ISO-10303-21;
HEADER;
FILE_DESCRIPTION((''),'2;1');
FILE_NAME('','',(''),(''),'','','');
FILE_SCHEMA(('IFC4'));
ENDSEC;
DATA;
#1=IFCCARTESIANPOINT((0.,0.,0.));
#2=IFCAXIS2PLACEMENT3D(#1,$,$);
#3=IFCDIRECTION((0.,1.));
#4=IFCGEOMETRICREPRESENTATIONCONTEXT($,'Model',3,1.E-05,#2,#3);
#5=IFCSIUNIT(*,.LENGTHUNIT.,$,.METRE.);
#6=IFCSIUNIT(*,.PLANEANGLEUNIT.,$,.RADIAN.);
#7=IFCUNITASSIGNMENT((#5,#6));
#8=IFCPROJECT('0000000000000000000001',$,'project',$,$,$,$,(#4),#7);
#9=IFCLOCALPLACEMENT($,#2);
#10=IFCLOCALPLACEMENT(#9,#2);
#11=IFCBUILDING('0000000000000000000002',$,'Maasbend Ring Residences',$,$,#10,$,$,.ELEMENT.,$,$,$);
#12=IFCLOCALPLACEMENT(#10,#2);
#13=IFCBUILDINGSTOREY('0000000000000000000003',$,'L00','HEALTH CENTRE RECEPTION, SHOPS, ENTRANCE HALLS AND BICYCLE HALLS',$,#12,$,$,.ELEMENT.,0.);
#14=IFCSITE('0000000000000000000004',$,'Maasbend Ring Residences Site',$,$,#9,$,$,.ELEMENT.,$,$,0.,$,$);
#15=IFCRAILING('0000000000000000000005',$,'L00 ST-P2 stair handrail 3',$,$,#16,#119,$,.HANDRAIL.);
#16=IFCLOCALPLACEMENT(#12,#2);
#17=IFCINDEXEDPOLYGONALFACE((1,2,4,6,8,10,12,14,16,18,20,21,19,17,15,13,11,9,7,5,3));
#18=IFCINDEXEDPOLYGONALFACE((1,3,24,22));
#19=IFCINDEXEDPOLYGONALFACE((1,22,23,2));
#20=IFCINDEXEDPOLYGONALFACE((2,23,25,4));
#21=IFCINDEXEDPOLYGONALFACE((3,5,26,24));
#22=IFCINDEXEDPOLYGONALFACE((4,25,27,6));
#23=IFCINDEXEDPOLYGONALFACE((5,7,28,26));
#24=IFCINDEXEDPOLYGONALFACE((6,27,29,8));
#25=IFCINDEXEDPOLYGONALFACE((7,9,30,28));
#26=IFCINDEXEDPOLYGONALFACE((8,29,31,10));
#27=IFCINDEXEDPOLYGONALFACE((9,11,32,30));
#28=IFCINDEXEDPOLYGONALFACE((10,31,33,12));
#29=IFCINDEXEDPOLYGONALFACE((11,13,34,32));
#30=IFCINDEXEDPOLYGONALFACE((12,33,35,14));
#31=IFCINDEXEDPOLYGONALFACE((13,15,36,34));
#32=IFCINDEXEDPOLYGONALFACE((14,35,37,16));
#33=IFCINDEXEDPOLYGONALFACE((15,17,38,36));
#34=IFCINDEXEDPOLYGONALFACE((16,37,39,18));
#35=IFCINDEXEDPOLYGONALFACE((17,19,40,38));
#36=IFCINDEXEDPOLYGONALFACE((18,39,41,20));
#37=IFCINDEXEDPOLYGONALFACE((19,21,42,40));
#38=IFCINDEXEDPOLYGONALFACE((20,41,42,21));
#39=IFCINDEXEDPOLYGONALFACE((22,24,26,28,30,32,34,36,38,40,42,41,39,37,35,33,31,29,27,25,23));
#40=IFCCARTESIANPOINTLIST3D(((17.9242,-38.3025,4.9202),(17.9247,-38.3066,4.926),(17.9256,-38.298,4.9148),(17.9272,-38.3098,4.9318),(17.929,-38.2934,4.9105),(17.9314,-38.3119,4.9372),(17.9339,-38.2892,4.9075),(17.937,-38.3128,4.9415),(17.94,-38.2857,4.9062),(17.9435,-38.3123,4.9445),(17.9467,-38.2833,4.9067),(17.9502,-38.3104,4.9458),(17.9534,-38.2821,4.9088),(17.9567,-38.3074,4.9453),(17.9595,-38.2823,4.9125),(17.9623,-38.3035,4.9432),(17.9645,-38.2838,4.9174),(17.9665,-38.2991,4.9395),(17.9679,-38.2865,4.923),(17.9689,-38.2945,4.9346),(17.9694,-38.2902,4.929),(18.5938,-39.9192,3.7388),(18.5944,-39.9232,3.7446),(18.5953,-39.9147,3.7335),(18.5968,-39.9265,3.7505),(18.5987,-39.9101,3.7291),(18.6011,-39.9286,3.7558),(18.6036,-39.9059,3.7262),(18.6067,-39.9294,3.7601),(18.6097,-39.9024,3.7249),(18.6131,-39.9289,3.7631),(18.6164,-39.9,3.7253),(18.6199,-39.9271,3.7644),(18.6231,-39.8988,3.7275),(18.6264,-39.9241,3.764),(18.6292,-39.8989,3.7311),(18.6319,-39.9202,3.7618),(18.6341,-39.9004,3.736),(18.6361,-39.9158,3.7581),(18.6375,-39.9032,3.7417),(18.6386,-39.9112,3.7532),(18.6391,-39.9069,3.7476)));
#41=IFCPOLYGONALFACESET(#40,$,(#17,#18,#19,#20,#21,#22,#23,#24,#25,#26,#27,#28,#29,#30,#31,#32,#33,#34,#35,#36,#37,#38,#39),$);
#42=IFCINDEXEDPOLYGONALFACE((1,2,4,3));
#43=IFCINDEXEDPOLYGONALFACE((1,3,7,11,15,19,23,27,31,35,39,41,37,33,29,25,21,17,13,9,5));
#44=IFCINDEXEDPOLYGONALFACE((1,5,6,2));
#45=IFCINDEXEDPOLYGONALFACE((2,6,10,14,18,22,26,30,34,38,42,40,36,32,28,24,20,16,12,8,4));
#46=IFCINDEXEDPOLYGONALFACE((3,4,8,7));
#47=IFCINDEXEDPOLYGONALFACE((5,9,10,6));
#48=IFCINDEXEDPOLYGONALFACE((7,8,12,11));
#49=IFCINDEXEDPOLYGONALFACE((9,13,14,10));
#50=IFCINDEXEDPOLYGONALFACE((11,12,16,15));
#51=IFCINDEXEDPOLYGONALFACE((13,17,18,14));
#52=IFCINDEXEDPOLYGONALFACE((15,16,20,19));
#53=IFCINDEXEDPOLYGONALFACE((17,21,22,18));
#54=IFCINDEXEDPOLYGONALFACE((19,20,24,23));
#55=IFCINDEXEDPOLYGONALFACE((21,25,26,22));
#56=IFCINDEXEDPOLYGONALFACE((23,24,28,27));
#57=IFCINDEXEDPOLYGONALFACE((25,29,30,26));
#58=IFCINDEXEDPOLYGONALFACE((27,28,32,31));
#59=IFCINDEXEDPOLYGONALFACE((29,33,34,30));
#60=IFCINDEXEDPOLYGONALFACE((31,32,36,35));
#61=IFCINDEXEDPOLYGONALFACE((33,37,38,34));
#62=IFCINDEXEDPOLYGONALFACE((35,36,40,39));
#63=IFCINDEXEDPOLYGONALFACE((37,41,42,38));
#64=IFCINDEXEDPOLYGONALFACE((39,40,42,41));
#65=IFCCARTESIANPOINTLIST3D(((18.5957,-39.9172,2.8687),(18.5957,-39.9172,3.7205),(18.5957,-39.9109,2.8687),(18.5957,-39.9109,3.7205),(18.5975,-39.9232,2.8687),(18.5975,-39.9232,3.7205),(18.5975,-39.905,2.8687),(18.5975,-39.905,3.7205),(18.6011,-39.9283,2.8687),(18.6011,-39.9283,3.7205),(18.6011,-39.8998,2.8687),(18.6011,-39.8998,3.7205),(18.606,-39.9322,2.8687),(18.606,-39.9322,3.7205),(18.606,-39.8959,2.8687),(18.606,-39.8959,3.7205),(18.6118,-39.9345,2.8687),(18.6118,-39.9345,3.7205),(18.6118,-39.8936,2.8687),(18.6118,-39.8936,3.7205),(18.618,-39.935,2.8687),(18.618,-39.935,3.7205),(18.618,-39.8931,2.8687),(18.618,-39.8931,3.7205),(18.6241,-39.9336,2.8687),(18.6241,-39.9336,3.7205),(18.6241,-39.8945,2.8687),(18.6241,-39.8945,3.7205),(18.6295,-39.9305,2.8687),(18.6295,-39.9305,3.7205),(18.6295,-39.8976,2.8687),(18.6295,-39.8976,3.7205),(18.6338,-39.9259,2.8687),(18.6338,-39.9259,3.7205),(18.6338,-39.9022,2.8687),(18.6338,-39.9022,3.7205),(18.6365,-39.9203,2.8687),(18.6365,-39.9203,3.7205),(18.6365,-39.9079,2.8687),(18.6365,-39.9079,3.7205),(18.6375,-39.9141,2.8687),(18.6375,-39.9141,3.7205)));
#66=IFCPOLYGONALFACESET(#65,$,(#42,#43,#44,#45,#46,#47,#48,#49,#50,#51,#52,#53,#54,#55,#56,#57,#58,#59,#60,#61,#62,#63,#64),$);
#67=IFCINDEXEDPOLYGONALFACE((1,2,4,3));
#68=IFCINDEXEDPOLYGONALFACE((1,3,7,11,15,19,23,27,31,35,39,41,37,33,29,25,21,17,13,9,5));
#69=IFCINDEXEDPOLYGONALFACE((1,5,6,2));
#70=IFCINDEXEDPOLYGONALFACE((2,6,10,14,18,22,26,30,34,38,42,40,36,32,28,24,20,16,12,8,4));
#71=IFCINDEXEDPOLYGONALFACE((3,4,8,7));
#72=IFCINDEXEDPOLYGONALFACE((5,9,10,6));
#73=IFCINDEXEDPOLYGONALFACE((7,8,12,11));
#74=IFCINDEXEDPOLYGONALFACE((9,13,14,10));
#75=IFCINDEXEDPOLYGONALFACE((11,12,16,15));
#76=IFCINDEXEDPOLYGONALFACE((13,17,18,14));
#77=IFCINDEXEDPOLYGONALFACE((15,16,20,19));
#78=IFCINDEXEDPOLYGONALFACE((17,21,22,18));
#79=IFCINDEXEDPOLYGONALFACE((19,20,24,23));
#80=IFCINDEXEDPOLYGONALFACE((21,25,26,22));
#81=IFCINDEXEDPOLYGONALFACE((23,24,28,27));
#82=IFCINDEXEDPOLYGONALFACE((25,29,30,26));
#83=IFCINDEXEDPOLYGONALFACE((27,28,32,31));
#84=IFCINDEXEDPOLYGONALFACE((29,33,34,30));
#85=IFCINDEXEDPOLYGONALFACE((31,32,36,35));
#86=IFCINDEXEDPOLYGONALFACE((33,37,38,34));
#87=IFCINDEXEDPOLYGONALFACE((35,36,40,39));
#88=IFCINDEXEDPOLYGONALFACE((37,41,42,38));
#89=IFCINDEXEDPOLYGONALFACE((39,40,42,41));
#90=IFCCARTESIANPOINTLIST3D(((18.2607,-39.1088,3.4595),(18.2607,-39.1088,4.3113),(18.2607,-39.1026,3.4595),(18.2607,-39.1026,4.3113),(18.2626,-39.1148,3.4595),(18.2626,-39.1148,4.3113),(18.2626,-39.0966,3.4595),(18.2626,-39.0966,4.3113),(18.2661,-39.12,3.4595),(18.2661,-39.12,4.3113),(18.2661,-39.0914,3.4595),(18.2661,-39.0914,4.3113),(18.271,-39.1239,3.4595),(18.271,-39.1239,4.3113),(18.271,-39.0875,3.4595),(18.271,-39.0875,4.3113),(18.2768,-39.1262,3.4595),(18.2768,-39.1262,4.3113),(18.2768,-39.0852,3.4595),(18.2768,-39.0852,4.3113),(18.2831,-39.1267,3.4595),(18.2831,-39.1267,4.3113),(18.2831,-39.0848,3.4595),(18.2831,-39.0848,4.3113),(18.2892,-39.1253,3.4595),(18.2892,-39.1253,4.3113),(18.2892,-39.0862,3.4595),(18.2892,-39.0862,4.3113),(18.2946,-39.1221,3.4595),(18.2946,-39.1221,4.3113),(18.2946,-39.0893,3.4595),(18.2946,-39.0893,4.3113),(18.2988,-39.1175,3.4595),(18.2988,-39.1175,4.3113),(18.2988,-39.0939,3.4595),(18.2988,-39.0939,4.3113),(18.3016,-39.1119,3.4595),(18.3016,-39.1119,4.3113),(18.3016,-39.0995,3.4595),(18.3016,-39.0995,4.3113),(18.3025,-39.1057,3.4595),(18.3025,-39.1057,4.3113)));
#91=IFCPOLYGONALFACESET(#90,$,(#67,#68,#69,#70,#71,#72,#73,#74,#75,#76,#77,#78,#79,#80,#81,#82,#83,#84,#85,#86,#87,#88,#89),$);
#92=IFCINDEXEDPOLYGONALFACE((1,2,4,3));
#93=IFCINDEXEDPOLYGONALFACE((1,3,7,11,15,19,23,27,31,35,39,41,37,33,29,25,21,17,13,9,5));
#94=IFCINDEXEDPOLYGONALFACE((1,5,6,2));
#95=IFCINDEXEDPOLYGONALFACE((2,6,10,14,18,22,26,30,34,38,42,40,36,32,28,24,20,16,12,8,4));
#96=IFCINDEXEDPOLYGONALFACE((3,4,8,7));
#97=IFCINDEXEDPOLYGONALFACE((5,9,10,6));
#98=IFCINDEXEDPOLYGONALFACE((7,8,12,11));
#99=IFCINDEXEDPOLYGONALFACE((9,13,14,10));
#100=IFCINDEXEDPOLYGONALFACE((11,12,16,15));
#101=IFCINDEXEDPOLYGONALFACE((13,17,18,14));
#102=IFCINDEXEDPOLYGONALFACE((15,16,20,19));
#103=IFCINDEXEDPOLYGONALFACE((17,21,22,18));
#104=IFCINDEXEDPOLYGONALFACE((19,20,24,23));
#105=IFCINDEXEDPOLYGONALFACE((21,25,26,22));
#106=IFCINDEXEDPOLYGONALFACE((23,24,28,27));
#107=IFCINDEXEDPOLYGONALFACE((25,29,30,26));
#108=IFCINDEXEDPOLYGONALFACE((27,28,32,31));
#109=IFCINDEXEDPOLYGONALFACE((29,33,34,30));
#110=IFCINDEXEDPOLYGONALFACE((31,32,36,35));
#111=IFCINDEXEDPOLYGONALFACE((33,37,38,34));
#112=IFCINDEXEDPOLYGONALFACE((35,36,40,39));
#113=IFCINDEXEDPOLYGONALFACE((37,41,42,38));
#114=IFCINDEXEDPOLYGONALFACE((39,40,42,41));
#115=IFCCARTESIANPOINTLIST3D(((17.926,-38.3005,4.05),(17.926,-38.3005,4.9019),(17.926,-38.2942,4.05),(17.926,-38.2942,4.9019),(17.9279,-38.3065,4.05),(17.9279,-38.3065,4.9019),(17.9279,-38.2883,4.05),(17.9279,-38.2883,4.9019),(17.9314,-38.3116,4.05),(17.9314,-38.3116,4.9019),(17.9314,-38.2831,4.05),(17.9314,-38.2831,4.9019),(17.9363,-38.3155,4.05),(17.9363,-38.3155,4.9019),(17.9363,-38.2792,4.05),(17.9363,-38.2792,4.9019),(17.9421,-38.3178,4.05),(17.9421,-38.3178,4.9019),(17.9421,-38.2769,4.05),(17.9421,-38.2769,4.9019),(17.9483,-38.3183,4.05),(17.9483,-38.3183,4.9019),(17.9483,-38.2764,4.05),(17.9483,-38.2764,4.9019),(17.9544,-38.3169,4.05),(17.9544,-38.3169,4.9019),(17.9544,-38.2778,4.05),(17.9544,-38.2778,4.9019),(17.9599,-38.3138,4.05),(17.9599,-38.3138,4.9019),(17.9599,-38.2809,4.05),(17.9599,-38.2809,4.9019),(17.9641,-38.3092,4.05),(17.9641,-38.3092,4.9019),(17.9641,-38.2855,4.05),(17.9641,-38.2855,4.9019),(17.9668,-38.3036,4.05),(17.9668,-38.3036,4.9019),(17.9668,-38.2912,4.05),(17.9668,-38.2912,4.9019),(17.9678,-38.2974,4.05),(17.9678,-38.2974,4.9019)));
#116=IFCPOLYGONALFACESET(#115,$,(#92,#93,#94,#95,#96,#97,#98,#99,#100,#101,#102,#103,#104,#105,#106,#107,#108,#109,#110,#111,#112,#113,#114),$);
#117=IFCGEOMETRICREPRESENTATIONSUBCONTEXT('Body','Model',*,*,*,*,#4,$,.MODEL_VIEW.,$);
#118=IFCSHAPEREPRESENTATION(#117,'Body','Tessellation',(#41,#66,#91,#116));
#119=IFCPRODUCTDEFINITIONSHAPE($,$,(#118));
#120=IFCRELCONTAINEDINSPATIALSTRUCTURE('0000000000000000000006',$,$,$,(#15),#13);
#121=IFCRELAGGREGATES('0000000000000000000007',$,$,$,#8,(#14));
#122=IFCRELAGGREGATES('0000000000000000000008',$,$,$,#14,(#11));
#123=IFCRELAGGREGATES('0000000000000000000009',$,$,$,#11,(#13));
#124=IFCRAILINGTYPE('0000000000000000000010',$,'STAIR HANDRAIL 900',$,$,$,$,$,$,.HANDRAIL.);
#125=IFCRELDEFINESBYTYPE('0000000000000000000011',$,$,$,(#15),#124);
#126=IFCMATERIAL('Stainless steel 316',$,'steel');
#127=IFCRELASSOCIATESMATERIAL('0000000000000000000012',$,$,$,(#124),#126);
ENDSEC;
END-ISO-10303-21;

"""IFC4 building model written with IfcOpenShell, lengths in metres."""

from ifc_helpers import new_model, si_unit, direction, frame, origin, origin_2d, place, context, subcontext, project, spatial, circle, extrude, material, type_object, element, save


model = new_model("IFC4")

# Units and contexts
model_context = context("Model", 3, precision=1e-05, world=origin(), true_north=direction((0.0, 1.0)))
body_context = subcontext(model_context, "Body", "Model", "MODEL_VIEW")
ifc_project = project(units=[si_unit("LENGTHUNIT", "METRE"), si_unit("PLANEANGLEUNIT", "RADIAN")], contexts=[model_context])

# Site, building, storey
site_placement = place(None, origin())
site = spatial("IfcSite", under=ifc_project, at=site_placement, Name="Maasbend Ring Residences Site", CompositionType="ELEMENT", RefElevation=0.0)
building_placement = place(site_placement, origin())
building = spatial("IfcBuilding", under=site, at=building_placement, Name="Maasbend Ring Residences", CompositionType="ELEMENT")
storey_placement = place(building_placement, origin())
storey = spatial("IfcBuildingStorey", under=building, at=storey_placement, Name="L00", Description="HEALTH CENTRE RECEPTION, SHOPS, ENTRANCE HALLS AND BICYCLE HALLS", CompositionType="ELEMENT", Elevation=0.0)

# Railing
ifc_material_1 = material(Name="Stainless steel 316", Category="steel")
railing_type_1 = type_object("IfcRailingType", Name="STAIR HANDRAIL 900", PredefinedType="HANDRAIL", material=ifc_material_1)
railing_1_placement = place(storey_placement, frame((18.6165, -39.9141, 2.8687)))
element("IfcRailing", 1, at=railing_1_placement, inside=storey, type_object=railing_type_1, Name="L00 ST-P2 stair handrail 3", PredefinedType="HANDRAIL", context=body_context, shape_type="SweptSolid", body=[
    extrude(circle(Radius=0.0239, at=origin_2d()), frame((0.0, 0.0, 0.876), z_axis=(-0.317177, 0.765711, 0.55954), x_axis=(-0.923876, -0.382693, 0.0)), (0.0, 0.0, 1.0), 2.1113),
    extrude(circle(Radius=0.021, at=origin_2d()), origin(), (0.0, 0.0, 1.0), 0.8518),
    extrude(circle(Radius=0.021, at=origin_2d()), frame((-0.335, 0.8083, 0.5908)), (0.0, 0.0, 1.0), 0.8518),
    extrude(circle(Radius=0.021, at=origin_2d()), frame((-0.6697, 1.6167, 1.1814)), (0.0, 0.0, 1.0), 0.8518),
])

save(model, "model.ifc")
